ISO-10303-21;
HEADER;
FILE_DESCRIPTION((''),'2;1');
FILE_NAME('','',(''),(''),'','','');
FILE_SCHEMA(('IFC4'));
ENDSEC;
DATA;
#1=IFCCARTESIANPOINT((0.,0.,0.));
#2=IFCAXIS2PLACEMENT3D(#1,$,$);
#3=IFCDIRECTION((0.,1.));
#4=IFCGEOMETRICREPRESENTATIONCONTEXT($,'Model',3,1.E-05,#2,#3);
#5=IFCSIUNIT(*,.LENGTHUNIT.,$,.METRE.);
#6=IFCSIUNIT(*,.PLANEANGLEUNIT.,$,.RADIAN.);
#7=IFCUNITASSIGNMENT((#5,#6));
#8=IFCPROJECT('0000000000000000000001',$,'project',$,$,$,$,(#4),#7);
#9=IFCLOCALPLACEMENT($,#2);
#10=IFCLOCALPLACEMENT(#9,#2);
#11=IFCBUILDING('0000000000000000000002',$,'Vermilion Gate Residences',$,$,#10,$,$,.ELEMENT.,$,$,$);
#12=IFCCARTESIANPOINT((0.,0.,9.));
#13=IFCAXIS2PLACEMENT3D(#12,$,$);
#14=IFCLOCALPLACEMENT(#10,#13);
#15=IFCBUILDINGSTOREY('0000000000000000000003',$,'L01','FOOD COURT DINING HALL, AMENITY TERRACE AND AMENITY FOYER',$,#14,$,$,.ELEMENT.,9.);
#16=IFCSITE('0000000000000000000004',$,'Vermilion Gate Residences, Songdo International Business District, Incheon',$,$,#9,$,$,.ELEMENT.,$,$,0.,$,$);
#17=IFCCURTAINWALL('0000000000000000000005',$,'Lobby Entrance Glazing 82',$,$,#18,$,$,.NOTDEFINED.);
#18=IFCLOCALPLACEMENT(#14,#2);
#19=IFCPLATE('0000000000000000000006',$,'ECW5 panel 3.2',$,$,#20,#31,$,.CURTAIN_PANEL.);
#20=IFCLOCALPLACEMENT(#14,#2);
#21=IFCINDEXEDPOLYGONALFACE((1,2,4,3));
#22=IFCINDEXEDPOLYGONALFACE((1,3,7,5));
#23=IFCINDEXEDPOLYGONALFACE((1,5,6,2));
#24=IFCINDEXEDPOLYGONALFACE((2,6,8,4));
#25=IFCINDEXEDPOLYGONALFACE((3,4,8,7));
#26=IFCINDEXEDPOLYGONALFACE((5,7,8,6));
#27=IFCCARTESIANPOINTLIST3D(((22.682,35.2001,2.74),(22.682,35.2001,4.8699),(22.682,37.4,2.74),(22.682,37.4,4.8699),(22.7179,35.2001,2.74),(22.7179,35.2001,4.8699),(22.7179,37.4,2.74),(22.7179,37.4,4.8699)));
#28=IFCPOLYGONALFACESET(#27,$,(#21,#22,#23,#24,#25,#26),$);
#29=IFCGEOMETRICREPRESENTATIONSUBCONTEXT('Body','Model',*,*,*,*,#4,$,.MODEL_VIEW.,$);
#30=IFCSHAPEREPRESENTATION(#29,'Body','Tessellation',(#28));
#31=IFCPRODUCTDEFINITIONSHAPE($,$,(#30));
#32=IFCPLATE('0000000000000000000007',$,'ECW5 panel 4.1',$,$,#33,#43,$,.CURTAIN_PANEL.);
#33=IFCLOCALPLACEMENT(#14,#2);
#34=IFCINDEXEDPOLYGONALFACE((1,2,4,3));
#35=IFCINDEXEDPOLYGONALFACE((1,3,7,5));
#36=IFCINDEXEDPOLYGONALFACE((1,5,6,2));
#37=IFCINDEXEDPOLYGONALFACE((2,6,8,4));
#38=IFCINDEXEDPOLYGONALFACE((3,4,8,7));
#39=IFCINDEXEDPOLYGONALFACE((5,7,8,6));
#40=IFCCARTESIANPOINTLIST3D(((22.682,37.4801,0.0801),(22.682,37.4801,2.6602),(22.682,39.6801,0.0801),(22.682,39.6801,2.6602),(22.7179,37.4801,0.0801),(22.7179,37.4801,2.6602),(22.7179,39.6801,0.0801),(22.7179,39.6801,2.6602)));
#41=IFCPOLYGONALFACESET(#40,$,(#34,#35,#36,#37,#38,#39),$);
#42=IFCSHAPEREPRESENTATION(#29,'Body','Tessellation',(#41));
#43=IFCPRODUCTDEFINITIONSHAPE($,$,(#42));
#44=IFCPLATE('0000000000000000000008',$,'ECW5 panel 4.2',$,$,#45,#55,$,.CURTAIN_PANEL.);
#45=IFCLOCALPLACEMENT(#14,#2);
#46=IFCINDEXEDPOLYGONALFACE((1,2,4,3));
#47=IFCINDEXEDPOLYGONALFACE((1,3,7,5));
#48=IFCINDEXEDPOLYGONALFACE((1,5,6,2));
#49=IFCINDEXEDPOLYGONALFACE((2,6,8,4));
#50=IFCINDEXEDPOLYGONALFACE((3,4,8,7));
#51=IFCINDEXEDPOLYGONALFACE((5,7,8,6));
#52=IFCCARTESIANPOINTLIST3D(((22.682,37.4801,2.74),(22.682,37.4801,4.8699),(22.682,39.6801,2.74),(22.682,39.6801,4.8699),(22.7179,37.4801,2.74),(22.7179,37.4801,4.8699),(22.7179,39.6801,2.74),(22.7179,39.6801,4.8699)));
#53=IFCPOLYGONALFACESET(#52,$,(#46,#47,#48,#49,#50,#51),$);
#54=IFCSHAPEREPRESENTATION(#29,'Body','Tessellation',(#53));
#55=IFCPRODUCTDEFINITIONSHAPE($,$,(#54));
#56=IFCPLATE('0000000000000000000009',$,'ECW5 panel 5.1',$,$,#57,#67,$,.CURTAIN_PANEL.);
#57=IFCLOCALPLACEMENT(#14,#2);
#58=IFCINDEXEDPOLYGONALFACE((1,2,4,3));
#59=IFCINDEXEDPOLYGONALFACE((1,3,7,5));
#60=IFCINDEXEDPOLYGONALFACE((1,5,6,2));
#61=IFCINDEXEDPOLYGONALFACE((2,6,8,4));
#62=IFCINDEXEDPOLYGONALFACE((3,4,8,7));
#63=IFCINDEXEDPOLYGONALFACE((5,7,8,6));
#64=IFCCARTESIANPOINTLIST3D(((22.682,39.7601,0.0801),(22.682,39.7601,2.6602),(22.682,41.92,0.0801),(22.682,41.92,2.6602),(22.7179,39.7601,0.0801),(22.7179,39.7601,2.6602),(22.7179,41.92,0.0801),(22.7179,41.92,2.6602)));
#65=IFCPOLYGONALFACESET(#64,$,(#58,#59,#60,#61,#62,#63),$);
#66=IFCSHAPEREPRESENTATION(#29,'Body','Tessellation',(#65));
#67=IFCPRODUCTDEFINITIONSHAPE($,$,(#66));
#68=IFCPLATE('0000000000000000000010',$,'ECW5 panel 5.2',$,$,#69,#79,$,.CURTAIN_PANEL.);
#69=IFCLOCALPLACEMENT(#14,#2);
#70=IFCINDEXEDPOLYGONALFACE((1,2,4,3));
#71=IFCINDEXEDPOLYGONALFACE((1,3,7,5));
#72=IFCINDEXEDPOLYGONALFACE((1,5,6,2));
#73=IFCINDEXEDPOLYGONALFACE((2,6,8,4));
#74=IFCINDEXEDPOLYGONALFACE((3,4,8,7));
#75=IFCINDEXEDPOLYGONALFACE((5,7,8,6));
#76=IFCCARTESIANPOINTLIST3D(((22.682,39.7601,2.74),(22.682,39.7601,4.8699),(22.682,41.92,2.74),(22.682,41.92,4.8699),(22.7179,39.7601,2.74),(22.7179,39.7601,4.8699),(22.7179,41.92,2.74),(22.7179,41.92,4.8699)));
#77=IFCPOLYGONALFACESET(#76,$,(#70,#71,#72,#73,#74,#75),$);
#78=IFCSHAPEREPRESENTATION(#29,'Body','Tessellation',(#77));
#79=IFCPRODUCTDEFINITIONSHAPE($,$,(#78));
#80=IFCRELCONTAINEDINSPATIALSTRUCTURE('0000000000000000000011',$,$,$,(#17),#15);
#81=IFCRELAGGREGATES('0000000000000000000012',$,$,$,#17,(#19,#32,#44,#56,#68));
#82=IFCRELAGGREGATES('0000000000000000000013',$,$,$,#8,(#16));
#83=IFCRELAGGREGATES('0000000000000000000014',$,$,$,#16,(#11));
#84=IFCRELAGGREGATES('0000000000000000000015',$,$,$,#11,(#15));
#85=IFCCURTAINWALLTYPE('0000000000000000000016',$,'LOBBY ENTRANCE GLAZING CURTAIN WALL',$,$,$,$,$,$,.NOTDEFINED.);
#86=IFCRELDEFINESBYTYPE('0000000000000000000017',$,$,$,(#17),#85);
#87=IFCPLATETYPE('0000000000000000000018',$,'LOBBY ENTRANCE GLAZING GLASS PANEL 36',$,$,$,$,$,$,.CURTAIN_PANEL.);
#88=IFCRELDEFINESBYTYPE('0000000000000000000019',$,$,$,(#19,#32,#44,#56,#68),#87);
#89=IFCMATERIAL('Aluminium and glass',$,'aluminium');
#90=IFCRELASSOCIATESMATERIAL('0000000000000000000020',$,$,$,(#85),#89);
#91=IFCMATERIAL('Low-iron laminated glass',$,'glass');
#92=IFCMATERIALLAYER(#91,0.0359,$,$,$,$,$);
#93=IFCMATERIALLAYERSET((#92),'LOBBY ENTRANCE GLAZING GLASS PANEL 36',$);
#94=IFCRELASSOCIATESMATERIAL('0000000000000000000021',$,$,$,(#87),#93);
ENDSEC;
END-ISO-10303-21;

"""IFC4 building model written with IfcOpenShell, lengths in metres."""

from ifc_helpers import new_model, si_unit, direction, frame, origin, origin_2d, place, context, subcontext, project, spatial, rectangle, extrude, material, layer, layer_set, type_object, element, aggregate, save


model = new_model("IFC4")

# Units and contexts
model_context = context("Model", 3, precision=1e-05, world=origin(), true_north=direction((0.0, 1.0)))
body_context = subcontext(model_context, "Body", "Model", "MODEL_VIEW")
ifc_project = project(units=[si_unit("LENGTHUNIT", "METRE"), si_unit("PLANEANGLEUNIT", "RADIAN")], contexts=[model_context])

# Site, building, storey
site_placement = place(None, origin())
site = spatial("IfcSite", under=ifc_project, at=site_placement, Name="Vermilion Gate Residences, Songdo International Business District, Incheon", CompositionType="ELEMENT", RefElevation=0.0)
building_placement = place(site_placement, origin())
building = spatial("IfcBuilding", under=site, at=building_placement, Name="Vermilion Gate Residences", CompositionType="ELEMENT")
storey_placement = place(building_placement, frame((0.0, 0.0, 9.0)))
storey = spatial("IfcBuildingStorey", under=building, at=storey_placement, Name="L01", Description="FOOD COURT DINING HALL, AMENITY TERRACE AND AMENITY FOYER", CompositionType="ELEMENT", Elevation=9.0)

# Curtain wall, plates
ifc_material_1 = material(Name="Aluminium and glass", Category="aluminium")
curtain_wall_type = type_object("IfcCurtainWallType", Name="LOBBY ENTRANCE GLAZING CURTAIN WALL", PredefinedType="NOTDEFINED", material=ifc_material_1)
curtain_wall_placement = place(storey_placement, origin())
curtain_wall = element("IfcCurtainWall", 1, at=curtain_wall_placement, inside=storey, type_object=curtain_wall_type, Name="Lobby Entrance Glazing 82", PredefinedType="NOTDEFINED")
ifc_material_2 = material(Name="Low-iron laminated glass", Category="glass")
ifc_layer = layer(ifc_material_2, 0.0359)
ifc_layer_set = layer_set([ifc_layer], Name="LOBBY ENTRANCE GLAZING GLASS PANEL 36")
plate_type = type_object("IfcPlateType", Name="LOBBY ENTRANCE GLAZING GLASS PANEL 36", PredefinedType="CURTAIN_PANEL", material=ifc_layer_set)
plate_1_placement = place(storey_placement, frame((22.7, 36.3, 2.74), z_axis=(0.0, 0.0, 1.0), x_axis=(0.0, 1.0, 0.0)))
plate_1 = element("IfcPlate", 2, at=plate_1_placement, type_object=plate_type, Name="ECW5 panel 3.2", PredefinedType="CURTAIN_PANEL", context=body_context, shape_type="SweptSolid", body=[
    extrude(rectangle(XDim=2.2, YDim=0.0359, at=origin_2d()), origin(), (0.0, 0.0, 1.0), 2.1299),
])
plate_2_placement = place(storey_placement, frame((22.7, 38.5801, 0.0801), z_axis=(0.0, 0.0, 1.0), x_axis=(0.0, 1.0, 0.0)))
plate_2 = element("IfcPlate", 3, at=plate_2_placement, type_object=plate_type, Name="ECW5 panel 4.1", PredefinedType="CURTAIN_PANEL", context=body_context, shape_type="SweptSolid", body=[
    extrude(rectangle(XDim=2.2, YDim=0.0359, at=origin_2d()), origin(), (0.0, 0.0, 1.0), 2.5801),
])
plate_3_placement = place(storey_placement, frame((22.7, 38.5801, 2.74), z_axis=(0.0, 0.0, 1.0), x_axis=(0.0, 1.0, 0.0)))
plate_3 = element("IfcPlate", 4, at=plate_3_placement, type_object=plate_type, Name="ECW5 panel 4.2", PredefinedType="CURTAIN_PANEL", context=body_context, shape_type="SweptSolid", body=[
    extrude(rectangle(XDim=2.2, YDim=0.0359, at=origin_2d()), origin(), (0.0, 0.0, 1.0), 2.1299),
])
plate_4_placement = place(storey_placement, frame((22.7, 40.8401, 0.0801), z_axis=(0.0, 0.0, 1.0), x_axis=(0.0, 1.0, 0.0)))
plate_4 = element("IfcPlate", 5, at=plate_4_placement, type_object=plate_type, Name="ECW5 panel 5.1", PredefinedType="CURTAIN_PANEL", context=body_context, shape_type="SweptSolid", body=[
    extrude(rectangle(XDim=2.1599, YDim=0.0359, at=origin_2d()), origin(), (0.0, 0.0, 1.0), 2.5801),
])
plate_5_placement = place(storey_placement, frame((22.7, 40.8401, 2.74), z_axis=(0.0, 0.0, 1.0), x_axis=(0.0, 1.0, 0.0)))
plate_5 = element("IfcPlate", 6, at=plate_5_placement, type_object=plate_type, Name="ECW5 panel 5.2", PredefinedType="CURTAIN_PANEL", context=body_context, shape_type="SweptSolid", body=[
    extrude(rectangle(XDim=2.1599, YDim=0.0359, at=origin_2d()), origin(), (0.0, 0.0, 1.0), 2.1299),
])
aggregate(curtain_wall, [plate_1, plate_2, plate_3, plate_4, plate_5])

save(model, "model.ifc")
